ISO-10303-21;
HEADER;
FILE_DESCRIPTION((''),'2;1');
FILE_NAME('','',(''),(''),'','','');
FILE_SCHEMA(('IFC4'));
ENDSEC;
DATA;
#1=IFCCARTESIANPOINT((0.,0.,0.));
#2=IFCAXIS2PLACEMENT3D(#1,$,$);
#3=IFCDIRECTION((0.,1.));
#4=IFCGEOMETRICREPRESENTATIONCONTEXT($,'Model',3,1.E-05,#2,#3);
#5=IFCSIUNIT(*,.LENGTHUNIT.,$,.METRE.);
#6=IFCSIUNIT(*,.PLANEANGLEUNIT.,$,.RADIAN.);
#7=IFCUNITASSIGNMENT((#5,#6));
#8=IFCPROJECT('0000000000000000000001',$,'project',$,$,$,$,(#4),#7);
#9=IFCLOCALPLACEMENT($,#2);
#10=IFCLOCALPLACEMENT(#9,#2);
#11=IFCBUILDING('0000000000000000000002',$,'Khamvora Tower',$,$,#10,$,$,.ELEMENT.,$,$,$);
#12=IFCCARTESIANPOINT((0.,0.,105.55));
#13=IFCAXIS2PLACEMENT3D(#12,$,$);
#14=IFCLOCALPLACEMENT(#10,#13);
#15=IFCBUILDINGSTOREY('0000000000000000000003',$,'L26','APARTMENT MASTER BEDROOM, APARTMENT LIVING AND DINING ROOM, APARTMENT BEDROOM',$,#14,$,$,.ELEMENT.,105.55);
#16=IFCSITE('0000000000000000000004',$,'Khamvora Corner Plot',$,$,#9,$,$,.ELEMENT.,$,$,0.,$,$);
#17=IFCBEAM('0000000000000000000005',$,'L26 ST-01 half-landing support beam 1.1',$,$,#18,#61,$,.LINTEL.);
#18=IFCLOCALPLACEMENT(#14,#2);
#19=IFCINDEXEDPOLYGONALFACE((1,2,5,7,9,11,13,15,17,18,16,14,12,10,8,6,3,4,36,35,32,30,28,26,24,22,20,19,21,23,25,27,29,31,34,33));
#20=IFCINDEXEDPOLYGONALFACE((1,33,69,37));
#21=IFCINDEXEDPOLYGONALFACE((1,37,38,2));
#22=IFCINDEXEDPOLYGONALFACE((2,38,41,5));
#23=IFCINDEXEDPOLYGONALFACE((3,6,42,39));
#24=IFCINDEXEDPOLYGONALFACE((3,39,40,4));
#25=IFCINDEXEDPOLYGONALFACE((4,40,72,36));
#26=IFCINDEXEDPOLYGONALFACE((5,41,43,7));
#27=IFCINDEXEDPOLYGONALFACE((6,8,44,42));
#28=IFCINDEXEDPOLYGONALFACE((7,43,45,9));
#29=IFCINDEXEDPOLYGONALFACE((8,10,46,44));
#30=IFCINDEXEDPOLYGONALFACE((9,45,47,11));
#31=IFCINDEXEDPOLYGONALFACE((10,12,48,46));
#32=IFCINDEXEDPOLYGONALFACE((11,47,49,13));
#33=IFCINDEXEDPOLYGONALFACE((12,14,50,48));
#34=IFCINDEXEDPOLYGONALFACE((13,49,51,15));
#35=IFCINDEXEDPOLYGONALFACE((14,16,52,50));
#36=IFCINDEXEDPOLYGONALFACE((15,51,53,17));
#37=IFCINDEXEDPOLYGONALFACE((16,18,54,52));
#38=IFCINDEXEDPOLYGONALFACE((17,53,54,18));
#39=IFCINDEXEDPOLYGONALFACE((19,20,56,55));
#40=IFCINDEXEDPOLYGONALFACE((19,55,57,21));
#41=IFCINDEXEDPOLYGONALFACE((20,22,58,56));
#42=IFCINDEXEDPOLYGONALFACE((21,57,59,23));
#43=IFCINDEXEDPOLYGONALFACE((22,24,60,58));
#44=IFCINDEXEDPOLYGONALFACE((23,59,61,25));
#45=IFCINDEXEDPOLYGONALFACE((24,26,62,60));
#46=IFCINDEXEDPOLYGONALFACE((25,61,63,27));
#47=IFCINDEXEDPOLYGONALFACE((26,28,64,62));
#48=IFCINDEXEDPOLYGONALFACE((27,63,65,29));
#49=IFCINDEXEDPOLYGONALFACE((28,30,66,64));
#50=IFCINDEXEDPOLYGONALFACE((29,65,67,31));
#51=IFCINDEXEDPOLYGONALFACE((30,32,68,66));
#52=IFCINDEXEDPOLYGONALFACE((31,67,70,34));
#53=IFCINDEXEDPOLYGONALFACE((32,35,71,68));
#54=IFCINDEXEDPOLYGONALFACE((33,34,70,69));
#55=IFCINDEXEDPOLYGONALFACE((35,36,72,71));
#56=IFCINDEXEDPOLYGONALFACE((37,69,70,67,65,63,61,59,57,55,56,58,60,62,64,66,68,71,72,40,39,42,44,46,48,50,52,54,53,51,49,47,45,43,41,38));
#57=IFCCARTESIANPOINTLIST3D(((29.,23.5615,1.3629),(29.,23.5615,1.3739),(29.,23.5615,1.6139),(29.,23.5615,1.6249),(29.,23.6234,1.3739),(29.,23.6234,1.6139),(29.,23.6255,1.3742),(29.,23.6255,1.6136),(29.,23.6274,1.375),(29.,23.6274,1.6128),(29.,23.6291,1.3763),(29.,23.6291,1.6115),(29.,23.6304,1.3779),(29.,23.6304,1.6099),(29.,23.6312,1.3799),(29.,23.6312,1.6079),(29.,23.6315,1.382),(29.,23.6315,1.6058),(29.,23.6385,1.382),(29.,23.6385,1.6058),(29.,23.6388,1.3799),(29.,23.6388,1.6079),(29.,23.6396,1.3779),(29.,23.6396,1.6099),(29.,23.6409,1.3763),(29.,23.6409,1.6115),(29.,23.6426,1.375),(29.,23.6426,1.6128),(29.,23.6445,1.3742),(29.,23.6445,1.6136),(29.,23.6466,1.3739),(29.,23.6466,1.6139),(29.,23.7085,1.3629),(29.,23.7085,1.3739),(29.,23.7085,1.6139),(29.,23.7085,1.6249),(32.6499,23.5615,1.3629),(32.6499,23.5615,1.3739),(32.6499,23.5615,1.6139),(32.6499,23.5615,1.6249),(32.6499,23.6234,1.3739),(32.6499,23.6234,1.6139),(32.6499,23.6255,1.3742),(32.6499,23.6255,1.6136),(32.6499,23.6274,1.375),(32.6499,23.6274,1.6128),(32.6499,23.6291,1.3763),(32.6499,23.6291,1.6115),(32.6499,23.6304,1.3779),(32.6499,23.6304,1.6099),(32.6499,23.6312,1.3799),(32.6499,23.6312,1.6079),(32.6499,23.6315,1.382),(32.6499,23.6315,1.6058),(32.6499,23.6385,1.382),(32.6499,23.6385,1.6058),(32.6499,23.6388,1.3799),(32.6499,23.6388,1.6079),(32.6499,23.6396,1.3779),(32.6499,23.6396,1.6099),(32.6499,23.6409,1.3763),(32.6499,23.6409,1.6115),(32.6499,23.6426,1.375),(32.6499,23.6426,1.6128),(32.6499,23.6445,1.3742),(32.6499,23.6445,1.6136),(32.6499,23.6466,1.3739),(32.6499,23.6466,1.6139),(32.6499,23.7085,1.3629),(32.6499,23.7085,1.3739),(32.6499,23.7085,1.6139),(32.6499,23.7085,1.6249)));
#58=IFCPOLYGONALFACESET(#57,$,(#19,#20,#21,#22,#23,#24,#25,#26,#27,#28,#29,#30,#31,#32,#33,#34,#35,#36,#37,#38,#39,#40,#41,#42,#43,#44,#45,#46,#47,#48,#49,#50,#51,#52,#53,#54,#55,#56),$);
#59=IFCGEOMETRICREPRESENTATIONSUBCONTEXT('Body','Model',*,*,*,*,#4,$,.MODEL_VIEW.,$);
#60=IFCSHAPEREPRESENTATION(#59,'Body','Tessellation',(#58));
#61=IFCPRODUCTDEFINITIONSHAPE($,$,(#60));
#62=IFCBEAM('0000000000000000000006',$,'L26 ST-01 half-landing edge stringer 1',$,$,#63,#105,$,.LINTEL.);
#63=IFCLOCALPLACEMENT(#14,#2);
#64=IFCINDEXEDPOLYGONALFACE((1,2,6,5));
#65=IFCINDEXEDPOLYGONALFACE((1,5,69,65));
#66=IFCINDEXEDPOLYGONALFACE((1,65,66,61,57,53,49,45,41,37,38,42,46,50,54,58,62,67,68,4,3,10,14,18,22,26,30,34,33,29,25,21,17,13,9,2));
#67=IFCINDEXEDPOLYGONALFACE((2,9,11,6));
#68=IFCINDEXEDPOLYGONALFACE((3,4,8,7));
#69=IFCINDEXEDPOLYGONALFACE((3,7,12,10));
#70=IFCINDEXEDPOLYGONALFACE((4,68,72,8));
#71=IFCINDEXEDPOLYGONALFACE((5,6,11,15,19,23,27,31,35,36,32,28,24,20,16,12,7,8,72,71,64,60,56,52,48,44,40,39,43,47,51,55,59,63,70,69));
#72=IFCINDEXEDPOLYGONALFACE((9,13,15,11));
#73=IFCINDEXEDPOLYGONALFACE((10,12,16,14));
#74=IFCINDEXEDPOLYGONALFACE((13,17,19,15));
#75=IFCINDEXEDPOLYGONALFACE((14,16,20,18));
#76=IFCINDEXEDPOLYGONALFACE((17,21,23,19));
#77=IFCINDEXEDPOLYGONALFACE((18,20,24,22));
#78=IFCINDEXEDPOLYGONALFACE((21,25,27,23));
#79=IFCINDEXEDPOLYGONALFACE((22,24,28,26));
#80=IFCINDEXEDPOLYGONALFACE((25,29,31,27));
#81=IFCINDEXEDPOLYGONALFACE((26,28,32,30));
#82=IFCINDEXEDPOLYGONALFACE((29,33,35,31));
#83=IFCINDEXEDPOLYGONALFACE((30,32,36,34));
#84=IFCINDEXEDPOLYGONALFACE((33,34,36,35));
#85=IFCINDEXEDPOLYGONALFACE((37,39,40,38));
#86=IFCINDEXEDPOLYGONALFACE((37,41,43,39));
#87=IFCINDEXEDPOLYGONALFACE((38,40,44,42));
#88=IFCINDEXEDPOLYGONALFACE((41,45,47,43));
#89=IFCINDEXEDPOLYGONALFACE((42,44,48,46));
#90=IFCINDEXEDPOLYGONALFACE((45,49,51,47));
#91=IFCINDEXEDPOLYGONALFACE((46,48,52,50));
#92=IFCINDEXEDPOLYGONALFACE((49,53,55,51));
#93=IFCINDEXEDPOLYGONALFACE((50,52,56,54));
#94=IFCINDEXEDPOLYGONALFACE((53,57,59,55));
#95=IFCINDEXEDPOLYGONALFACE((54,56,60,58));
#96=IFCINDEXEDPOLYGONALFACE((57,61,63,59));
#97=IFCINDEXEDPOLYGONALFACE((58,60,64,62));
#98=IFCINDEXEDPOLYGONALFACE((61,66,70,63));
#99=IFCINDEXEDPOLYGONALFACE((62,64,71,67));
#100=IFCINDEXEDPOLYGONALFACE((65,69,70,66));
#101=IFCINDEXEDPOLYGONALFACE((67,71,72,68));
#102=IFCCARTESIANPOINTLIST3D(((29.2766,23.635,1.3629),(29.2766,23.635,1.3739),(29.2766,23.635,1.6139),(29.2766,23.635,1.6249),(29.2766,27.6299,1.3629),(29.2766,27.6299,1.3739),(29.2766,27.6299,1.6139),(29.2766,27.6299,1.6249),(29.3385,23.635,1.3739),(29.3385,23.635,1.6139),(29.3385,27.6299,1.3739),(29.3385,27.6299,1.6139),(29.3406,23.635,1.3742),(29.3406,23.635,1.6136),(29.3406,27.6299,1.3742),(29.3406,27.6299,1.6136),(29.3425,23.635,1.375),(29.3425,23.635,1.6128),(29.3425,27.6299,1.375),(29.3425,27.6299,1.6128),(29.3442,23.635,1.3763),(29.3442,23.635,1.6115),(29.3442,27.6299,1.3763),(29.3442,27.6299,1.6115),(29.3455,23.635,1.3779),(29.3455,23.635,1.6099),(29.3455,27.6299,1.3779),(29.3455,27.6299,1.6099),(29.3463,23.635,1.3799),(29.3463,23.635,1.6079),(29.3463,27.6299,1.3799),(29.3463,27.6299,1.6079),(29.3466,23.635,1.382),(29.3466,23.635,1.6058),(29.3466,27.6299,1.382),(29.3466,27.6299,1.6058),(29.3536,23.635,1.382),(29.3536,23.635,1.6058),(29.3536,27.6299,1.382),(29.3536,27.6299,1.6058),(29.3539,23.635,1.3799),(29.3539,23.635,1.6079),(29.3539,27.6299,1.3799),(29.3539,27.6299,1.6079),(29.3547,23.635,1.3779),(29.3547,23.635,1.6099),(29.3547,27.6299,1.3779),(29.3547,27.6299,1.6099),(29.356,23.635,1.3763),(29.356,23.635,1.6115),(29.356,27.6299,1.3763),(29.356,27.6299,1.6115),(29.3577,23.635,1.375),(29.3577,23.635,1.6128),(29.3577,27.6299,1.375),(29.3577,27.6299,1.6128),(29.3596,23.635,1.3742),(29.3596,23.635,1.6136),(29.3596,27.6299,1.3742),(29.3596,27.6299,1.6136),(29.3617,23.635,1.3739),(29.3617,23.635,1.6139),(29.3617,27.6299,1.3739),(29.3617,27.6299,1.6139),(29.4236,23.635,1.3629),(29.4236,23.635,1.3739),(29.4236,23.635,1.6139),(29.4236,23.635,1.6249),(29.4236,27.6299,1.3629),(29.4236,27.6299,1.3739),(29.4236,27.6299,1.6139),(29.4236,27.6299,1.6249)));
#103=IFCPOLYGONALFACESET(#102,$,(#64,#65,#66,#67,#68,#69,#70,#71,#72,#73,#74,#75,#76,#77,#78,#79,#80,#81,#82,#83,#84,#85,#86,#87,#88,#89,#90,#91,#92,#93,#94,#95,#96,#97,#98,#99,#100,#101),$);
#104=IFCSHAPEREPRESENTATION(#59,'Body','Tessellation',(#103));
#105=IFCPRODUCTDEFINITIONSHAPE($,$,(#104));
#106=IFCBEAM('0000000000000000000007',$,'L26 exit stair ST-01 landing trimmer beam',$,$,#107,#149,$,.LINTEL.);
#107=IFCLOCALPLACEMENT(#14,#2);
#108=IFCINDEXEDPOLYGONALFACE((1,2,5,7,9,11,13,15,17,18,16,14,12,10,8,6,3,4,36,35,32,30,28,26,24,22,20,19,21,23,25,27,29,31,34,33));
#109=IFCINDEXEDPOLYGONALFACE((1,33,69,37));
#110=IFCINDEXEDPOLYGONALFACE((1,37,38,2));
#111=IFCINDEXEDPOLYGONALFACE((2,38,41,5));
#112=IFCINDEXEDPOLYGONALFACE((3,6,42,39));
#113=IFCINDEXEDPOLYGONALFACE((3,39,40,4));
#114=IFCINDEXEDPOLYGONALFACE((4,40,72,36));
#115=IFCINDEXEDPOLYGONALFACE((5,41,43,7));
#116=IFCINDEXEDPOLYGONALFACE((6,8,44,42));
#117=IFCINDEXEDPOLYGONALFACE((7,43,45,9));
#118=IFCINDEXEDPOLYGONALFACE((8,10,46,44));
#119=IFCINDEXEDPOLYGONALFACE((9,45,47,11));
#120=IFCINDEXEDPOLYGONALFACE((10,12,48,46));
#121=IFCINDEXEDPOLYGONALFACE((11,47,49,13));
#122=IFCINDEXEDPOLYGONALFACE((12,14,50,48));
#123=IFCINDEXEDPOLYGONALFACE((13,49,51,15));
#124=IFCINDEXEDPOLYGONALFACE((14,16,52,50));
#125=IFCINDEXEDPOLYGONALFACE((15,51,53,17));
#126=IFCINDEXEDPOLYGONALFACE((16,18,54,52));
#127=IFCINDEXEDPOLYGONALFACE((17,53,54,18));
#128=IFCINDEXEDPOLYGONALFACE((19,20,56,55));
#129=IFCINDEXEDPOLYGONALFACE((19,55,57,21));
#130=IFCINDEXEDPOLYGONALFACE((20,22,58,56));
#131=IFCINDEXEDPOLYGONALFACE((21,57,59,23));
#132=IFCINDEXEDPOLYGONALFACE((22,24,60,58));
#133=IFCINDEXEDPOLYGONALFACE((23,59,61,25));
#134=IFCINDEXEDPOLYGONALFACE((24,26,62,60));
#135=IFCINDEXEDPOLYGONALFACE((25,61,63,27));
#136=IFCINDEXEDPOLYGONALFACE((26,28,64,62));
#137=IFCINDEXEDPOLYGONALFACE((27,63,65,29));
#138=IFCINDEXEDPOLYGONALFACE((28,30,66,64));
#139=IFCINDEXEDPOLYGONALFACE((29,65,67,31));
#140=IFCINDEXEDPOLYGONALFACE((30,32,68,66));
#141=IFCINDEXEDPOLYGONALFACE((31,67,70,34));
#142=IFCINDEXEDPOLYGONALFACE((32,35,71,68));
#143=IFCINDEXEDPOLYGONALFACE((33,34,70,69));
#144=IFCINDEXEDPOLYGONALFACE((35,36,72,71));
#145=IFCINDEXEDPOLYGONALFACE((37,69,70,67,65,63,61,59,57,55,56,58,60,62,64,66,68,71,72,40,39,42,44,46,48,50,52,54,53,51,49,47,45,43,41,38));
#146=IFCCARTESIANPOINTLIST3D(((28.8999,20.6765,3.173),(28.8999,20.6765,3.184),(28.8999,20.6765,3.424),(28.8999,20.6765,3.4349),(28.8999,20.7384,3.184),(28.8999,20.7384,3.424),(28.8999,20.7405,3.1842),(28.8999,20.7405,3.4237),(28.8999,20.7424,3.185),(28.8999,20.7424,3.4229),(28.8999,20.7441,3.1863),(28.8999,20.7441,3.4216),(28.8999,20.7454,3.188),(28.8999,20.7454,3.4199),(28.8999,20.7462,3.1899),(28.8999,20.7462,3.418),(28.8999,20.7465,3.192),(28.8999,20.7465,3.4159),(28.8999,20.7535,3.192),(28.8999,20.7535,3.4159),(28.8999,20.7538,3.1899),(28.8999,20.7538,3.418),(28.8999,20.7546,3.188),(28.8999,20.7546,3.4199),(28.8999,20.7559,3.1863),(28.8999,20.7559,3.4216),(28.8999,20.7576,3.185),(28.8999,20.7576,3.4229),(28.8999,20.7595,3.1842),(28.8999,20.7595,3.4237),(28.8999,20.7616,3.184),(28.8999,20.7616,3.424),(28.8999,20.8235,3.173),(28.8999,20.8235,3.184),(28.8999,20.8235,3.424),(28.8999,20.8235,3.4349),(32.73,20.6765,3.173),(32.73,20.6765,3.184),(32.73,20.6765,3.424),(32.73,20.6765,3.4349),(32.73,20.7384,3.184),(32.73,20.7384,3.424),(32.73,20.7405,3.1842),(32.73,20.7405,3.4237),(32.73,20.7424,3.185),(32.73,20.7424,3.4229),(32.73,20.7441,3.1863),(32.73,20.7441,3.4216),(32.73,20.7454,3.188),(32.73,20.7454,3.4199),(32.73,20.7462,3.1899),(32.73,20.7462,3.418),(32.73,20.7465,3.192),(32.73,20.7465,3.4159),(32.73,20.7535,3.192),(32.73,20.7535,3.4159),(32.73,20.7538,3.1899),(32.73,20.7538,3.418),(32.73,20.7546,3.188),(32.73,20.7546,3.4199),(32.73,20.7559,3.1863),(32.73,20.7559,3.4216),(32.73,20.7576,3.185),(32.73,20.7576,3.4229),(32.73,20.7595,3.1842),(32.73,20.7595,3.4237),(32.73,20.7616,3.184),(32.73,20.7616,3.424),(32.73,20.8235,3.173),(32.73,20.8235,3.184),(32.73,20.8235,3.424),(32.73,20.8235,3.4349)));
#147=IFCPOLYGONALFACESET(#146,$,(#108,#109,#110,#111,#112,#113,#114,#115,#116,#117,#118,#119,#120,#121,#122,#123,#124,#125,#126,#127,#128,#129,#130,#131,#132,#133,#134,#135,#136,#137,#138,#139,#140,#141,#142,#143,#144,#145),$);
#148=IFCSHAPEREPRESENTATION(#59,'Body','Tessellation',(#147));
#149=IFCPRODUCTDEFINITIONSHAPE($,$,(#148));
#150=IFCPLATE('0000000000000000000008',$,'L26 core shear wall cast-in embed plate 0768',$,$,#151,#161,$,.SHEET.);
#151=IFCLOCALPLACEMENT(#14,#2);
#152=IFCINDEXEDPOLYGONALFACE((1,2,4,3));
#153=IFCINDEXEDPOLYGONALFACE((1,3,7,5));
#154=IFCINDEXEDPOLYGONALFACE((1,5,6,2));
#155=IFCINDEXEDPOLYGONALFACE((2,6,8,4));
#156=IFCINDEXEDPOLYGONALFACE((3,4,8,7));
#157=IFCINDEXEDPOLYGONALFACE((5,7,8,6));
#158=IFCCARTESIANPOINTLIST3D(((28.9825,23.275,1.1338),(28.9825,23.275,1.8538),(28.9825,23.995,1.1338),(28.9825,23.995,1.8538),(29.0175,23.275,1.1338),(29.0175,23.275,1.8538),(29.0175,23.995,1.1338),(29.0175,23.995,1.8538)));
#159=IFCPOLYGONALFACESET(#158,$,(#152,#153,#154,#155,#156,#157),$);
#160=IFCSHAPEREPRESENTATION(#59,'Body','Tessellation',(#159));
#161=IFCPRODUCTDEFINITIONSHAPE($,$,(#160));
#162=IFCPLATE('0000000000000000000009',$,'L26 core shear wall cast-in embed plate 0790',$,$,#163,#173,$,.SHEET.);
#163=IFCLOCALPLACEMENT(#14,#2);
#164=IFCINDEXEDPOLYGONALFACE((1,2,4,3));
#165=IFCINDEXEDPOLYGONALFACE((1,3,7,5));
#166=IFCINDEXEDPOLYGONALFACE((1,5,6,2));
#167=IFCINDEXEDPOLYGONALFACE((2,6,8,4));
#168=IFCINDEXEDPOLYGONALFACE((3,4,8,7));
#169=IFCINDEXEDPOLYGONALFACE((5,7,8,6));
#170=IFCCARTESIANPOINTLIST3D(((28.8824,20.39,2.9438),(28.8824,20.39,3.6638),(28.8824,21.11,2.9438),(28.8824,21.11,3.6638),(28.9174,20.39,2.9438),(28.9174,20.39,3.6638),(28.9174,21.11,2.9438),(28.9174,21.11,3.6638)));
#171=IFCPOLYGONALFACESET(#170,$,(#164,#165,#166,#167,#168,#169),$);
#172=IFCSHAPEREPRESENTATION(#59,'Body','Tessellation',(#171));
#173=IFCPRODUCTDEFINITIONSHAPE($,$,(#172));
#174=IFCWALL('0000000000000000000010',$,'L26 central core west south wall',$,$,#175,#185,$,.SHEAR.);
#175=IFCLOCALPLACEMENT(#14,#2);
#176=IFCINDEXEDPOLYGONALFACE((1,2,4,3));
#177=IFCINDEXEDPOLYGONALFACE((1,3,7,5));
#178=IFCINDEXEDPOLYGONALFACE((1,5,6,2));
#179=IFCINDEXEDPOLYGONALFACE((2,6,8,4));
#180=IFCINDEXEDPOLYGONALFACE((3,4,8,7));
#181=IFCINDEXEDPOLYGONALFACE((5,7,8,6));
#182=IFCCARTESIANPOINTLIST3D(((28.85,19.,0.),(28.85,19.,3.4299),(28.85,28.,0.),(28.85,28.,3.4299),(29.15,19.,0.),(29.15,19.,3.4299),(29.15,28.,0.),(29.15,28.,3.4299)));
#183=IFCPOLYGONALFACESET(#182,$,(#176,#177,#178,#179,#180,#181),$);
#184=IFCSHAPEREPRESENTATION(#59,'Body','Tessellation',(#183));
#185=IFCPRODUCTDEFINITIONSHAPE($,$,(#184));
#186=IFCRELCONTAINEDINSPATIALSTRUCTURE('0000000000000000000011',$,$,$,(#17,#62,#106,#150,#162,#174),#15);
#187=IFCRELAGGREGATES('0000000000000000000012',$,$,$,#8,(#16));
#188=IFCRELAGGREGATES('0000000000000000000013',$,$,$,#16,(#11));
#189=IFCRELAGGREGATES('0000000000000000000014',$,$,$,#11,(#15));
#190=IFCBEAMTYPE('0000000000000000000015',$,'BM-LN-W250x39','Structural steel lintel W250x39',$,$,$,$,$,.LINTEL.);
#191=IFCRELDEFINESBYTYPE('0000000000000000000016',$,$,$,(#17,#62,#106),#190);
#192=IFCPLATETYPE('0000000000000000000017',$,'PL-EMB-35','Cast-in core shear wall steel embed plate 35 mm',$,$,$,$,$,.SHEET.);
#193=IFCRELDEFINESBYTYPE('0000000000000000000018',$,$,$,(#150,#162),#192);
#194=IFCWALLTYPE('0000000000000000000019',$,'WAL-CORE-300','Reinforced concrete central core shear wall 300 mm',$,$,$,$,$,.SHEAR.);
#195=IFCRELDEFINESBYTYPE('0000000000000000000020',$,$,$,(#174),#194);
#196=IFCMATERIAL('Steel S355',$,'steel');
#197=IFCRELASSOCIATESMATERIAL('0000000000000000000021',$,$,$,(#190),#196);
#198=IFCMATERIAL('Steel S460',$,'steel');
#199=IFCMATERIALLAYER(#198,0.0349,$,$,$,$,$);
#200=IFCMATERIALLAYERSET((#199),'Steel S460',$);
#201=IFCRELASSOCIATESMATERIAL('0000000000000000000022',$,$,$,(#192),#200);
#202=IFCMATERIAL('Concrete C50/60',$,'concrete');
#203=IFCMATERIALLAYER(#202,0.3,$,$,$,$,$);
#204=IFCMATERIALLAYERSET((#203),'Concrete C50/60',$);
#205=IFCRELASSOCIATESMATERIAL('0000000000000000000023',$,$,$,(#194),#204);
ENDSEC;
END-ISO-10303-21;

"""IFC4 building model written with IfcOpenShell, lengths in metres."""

from ifc_helpers import new_model, si_unit, direction, frame, frame_2d, origin, origin_2d, place, context, subcontext, project, spatial, rectangle, i_section, extrude, material, layer, layer_set, material_profile, profile_set, type_object, element, save


model = new_model("IFC4")

# Units and contexts
model_context = context("Model", 3, precision=1e-05, world=origin(), true_north=direction((0.0, 1.0)))
body_context = subcontext(model_context, "Body", "Model", "MODEL_VIEW")
ifc_project = project(units=[si_unit("LENGTHUNIT", "METRE"), si_unit("PLANEANGLEUNIT", "RADIAN")], contexts=[model_context])

# Site, building, storey
site_placement = place(None, origin())
site = spatial("IfcSite", under=ifc_project, at=site_placement, Name="Khamvora Corner Plot", CompositionType="ELEMENT", RefElevation=0.0)
building_placement = place(site_placement, origin())
building = spatial("IfcBuilding", under=site, at=building_placement, Name="Khamvora Tower", CompositionType="ELEMENT")
storey_placement = place(building_placement, frame((0.0, 0.0, 105.55)))
storey = spatial("IfcBuildingStorey", under=building, at=storey_placement, Name="L26", Description="APARTMENT MASTER BEDROOM, APARTMENT LIVING AND DINING ROOM, APARTMENT BEDROOM", CompositionType="ELEMENT", Elevation=105.55)

# Beams
ifc_material_1 = material(Name="Steel S355", Category="steel")
ifc_material_profile = material_profile(ifc_material_1, i_section(OverallWidth=0.147, OverallDepth=0.262, WebThickness=0.0071, FlangeThickness=0.011, FilletRadius=0.0081, at=origin_2d()), Name="W250x39")
ifc_profile_set = profile_set([ifc_material_profile], Name="Steel S355")
beam_type = type_object("IfcBeamType", Name="BM-LN-W250x39", Description="Structural steel lintel W250x39", PredefinedType="LINTEL", material=ifc_profile_set)
beam_1_placement = place(storey_placement, frame((29.0, 23.635, 1.4939), z_axis=(1.0, 0.0, 0.0), x_axis=(0.0, 1.0, 0.0)))
element("IfcBeam", 1, at=beam_1_placement, inside=storey, type_object=beam_type, Name="L26 ST-01 half-landing support beam 1.1", PredefinedType="LINTEL", context=body_context, shape_type="SweptSolid", body=[
    extrude(i_section(OverallWidth=0.147, OverallDepth=0.262, WebThickness=0.0071, FlangeThickness=0.011, FilletRadius=0.0081, at=origin_2d()), origin(), (0.0, 0.0, 1.0), 3.6499),
])
beam_2_placement = place(storey_placement, frame((29.3501, 23.635, 1.4939), z_axis=(0.0, 1.0, 0.0), x_axis=(-1.0, 0.0, 0.0)))
element("IfcBeam", 2, at=beam_2_placement, inside=storey, type_object=beam_type, Name="L26 ST-01 half-landing edge stringer 1", PredefinedType="LINTEL", context=body_context, shape_type="SweptSolid", body=[
    extrude(i_section(OverallWidth=0.147, OverallDepth=0.262, WebThickness=0.0071, FlangeThickness=0.011, FilletRadius=0.0081, at=origin_2d()), origin(), (0.0, 0.0, 1.0), 3.9949),
])
beam_3_placement = place(storey_placement, frame((28.8999, 20.75, 3.304), z_axis=(1.0, 0.0, 0.0), x_axis=(0.0, 1.0, 0.0)))
element("IfcBeam", 3, at=beam_3_placement, inside=storey, type_object=beam_type, Name="L26 exit stair ST-01 landing trimmer beam", PredefinedType="LINTEL", context=body_context, shape_type="SweptSolid", body=[
    extrude(i_section(OverallWidth=0.147, OverallDepth=0.262, WebThickness=0.0071, FlangeThickness=0.011, FilletRadius=0.0081, at=origin_2d()), origin(), (0.0, 0.0, 1.0), 3.8301),
])

# Plates
ifc_material_2 = material(Name="Steel S460", Category="steel")
ifc_layer_1 = layer(ifc_material_2, 0.0349)
ifc_layer_set_1 = layer_set([ifc_layer_1], Name="Steel S460")
plate_type = type_object("IfcPlateType", Name="PL-EMB-35", Description="Cast-in core shear wall steel embed plate 35 mm", PredefinedType="SHEET", material=ifc_layer_set_1)
for number, where, z_axis, x_axis, name in (
    (4, (29.0, 23.635, 1.1338), (0.0, 0.0, 1.0), (1.0, 0.0, 0.0), "L26 core shear wall cast-in embed plate 0768"),
    (5, (28.8999, 20.75, 2.9438), (0.0, 0.0, 1.0), (1.0, 0.0, 0.0), "L26 core shear wall cast-in embed plate 0790"),
):
    element("IfcPlate", number, at=place(storey_placement, frame(where, z_axis=z_axis, x_axis=x_axis)), inside=storey, type_object=plate_type, Name=name, PredefinedType="SHEET", context=body_context, shape_type="SweptSolid", body=[
        extrude(rectangle(XDim=0.0349, YDim=0.72, at=origin_2d()), origin(), (0.0, 0.0, 1.0), 0.72),
    ])

# Wall
ifc_material_3 = material(Name="Concrete C50/60", Category="concrete")
ifc_layer_2 = layer(ifc_material_3, 0.3)
ifc_layer_set_2 = layer_set([ifc_layer_2], Name="Concrete C50/60")
wall_type_1 = type_object("IfcWallType", Name="WAL-CORE-300", Description="Reinforced concrete central core shear wall 300 mm", PredefinedType="SHEAR", material=ifc_layer_set_2)
wall_1_placement = place(storey_placement, frame((29.0, 19.0, 0.0), z_axis=(0.0, 0.0, 1.0), x_axis=(0.0, 1.0, 0.0)))
element("IfcWall", 6, at=wall_1_placement, inside=storey, type_object=wall_type_1, Name="L26 central core west south wall", PredefinedType="SHEAR", context=body_context, shape_type="SweptSolid", body=[
    extrude(rectangle(XDim=9.0, YDim=0.3, at=frame_2d((4.5, 0.0))), origin(), (0.0, 0.0, 1.0), 3.4299),
])

save(model, "model.ifc")
